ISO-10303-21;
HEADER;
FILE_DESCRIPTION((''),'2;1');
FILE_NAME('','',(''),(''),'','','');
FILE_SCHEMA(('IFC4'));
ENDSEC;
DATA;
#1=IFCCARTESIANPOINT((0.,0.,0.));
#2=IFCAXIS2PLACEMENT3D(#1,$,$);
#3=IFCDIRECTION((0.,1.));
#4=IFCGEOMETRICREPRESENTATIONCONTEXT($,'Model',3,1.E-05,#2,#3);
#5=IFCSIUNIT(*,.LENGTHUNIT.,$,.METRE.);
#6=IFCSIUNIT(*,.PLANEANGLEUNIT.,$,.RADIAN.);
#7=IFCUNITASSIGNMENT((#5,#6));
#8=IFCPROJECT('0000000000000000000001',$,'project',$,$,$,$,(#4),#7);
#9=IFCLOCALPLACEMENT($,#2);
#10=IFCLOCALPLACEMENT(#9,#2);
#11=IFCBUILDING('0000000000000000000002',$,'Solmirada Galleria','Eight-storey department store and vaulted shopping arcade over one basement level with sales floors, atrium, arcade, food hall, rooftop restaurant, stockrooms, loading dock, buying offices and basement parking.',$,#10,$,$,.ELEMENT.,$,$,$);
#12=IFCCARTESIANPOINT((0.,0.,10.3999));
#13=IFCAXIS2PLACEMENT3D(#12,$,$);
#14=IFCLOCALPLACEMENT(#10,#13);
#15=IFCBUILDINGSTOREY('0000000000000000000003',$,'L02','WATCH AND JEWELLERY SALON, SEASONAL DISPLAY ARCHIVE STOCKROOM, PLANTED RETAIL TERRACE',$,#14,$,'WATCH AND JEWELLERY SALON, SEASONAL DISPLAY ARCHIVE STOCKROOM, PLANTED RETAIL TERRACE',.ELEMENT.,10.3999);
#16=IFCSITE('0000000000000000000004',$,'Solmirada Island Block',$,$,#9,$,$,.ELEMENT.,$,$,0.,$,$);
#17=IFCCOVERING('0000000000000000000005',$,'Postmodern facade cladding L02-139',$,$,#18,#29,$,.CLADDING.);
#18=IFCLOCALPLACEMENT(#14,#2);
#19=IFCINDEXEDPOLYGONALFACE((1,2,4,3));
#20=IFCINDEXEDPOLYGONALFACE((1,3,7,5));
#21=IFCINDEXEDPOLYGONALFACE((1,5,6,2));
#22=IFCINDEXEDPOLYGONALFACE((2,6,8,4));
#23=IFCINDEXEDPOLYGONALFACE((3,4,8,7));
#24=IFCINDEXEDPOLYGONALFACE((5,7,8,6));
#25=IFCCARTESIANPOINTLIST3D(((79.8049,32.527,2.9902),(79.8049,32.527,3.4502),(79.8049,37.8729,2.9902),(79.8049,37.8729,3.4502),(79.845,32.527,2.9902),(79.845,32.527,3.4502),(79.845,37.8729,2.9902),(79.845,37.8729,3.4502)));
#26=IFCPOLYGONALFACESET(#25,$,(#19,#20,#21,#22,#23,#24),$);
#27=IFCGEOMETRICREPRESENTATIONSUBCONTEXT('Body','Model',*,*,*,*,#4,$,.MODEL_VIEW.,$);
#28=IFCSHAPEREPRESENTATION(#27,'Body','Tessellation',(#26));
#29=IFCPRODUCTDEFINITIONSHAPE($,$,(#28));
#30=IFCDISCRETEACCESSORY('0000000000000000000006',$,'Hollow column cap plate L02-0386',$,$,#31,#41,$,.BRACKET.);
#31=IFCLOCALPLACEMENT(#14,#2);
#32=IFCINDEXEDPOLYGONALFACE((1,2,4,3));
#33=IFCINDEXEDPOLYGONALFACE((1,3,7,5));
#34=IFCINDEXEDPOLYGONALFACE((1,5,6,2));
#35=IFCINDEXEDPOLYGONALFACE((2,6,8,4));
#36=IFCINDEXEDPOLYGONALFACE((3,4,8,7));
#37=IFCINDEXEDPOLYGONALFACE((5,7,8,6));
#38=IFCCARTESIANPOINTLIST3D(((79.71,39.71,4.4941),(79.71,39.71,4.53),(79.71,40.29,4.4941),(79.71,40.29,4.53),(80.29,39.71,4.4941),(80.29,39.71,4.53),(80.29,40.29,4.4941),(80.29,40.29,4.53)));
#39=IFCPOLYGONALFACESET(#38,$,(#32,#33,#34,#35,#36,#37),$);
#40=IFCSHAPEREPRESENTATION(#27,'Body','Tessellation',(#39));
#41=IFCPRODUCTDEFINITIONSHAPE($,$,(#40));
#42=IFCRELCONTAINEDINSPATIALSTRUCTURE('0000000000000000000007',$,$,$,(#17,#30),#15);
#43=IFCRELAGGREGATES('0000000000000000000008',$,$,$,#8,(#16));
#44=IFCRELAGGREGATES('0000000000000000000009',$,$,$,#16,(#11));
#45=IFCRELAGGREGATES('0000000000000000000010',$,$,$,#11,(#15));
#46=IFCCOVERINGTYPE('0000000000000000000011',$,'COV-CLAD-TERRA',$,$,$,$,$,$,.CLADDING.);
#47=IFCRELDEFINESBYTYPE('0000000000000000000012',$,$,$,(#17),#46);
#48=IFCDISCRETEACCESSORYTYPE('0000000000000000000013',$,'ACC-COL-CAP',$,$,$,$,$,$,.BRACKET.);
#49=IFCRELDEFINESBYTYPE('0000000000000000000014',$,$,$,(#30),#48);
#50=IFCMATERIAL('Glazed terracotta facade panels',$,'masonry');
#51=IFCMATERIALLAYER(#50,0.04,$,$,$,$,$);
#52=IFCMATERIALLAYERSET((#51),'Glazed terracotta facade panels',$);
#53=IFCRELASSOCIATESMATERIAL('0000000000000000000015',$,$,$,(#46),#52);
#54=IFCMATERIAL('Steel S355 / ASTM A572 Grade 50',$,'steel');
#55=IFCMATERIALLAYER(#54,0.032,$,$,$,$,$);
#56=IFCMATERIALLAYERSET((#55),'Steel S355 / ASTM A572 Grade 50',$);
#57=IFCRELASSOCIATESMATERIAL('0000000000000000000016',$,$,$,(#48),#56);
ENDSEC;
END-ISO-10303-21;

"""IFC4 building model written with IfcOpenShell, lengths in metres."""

from ifc_helpers import new_model, si_unit, direction, frame, origin, origin_2d, place, context, subcontext, project, spatial, rectangle, extrude, material, layer, layer_set, type_object, element, save


model = new_model("IFC4")

# Units and contexts
model_context = context("Model", 3, precision=1e-05, world=origin(), true_north=direction((0.0, 1.0)))
body_context = subcontext(model_context, "Body", "Model", "MODEL_VIEW")
ifc_project = project(units=[si_unit("LENGTHUNIT", "METRE"), si_unit("PLANEANGLEUNIT", "RADIAN")], contexts=[model_context])

# Site, building, storey
site_placement = place(None, origin())
site = spatial("IfcSite", under=ifc_project, at=site_placement, Name="Solmirada Island Block", CompositionType="ELEMENT", RefElevation=0.0)
building_placement = place(site_placement, origin())
building = spatial("IfcBuilding", under=site, at=building_placement, Name="Solmirada Galleria", Description="Eight-storey department store and vaulted shopping arcade over one basement level with sales floors, atrium, arcade, food hall, rooftop restaurant, stockrooms, loading dock, buying offices and basement parking.", CompositionType="ELEMENT")
storey_placement = place(building_placement, frame((0.0, 0.0, 10.3999)))
storey = spatial("IfcBuildingStorey", under=building, at=storey_placement, Name="L02", Description="WATCH AND JEWELLERY SALON, SEASONAL DISPLAY ARCHIVE STOCKROOM, PLANTED RETAIL TERRACE", LongName="WATCH AND JEWELLERY SALON, SEASONAL DISPLAY ARCHIVE STOCKROOM, PLANTED RETAIL TERRACE", CompositionType="ELEMENT", Elevation=10.3999)

# Covering
ifc_material_1 = material(Name="Glazed terracotta facade panels", Category="masonry")
ifc_layer_1 = layer(ifc_material_1, 0.04)
ifc_layer_set_1 = layer_set([ifc_layer_1], Name="Glazed terracotta facade panels")
covering_type = type_object("IfcCoveringType", Name="COV-CLAD-TERRA", PredefinedType="CLADDING", material=ifc_layer_set_1)
covering_placement = place(storey_placement, frame((79.825, 35.2, 2.9902), z_axis=(0.0, 0.0, 1.0), x_axis=(0.0, 1.0, 0.0)))
element("IfcCovering", 1, at=covering_placement, inside=storey, type_object=covering_type, Name="Postmodern facade cladding L02-139", PredefinedType="CLADDING", context=body_context, shape_type="SweptSolid", body=[
    extrude(rectangle(XDim=5.3459, YDim=0.04, at=origin_2d()), origin(), (0.0, 0.0, 1.0), 0.46),
])

# Discrete accessory
ifc_material_2 = material(Name="Steel S355 / ASTM A572 Grade 50", Category="steel")
ifc_layer_2 = layer(ifc_material_2, 0.032)
ifc_layer_set_2 = layer_set([ifc_layer_2], Name="Steel S355 / ASTM A572 Grade 50")
discrete_accessory_type = type_object("IfcDiscreteAccessoryType", Name="ACC-COL-CAP", PredefinedType="BRACKET", material=ifc_layer_set_2)
discrete_accessory_placement = place(storey_placement, frame((80.0, 40.0, 4.4941), z_axis=(0.0, 0.0, 1.0), x_axis=(1.0, 0.0, 0.0)))
element("IfcDiscreteAccessory", 2, at=discrete_accessory_placement, inside=storey, type_object=discrete_accessory_type, Name="Hollow column cap plate L02-0386", PredefinedType="BRACKET", context=body_context, shape_type="SweptSolid", body=[
    extrude(rectangle(XDim=0.5801, YDim=0.5801, at=origin_2d()), origin(), (0.0, 0.0, 1.0), 0.0359),
])

save(model, "model.ifc")
